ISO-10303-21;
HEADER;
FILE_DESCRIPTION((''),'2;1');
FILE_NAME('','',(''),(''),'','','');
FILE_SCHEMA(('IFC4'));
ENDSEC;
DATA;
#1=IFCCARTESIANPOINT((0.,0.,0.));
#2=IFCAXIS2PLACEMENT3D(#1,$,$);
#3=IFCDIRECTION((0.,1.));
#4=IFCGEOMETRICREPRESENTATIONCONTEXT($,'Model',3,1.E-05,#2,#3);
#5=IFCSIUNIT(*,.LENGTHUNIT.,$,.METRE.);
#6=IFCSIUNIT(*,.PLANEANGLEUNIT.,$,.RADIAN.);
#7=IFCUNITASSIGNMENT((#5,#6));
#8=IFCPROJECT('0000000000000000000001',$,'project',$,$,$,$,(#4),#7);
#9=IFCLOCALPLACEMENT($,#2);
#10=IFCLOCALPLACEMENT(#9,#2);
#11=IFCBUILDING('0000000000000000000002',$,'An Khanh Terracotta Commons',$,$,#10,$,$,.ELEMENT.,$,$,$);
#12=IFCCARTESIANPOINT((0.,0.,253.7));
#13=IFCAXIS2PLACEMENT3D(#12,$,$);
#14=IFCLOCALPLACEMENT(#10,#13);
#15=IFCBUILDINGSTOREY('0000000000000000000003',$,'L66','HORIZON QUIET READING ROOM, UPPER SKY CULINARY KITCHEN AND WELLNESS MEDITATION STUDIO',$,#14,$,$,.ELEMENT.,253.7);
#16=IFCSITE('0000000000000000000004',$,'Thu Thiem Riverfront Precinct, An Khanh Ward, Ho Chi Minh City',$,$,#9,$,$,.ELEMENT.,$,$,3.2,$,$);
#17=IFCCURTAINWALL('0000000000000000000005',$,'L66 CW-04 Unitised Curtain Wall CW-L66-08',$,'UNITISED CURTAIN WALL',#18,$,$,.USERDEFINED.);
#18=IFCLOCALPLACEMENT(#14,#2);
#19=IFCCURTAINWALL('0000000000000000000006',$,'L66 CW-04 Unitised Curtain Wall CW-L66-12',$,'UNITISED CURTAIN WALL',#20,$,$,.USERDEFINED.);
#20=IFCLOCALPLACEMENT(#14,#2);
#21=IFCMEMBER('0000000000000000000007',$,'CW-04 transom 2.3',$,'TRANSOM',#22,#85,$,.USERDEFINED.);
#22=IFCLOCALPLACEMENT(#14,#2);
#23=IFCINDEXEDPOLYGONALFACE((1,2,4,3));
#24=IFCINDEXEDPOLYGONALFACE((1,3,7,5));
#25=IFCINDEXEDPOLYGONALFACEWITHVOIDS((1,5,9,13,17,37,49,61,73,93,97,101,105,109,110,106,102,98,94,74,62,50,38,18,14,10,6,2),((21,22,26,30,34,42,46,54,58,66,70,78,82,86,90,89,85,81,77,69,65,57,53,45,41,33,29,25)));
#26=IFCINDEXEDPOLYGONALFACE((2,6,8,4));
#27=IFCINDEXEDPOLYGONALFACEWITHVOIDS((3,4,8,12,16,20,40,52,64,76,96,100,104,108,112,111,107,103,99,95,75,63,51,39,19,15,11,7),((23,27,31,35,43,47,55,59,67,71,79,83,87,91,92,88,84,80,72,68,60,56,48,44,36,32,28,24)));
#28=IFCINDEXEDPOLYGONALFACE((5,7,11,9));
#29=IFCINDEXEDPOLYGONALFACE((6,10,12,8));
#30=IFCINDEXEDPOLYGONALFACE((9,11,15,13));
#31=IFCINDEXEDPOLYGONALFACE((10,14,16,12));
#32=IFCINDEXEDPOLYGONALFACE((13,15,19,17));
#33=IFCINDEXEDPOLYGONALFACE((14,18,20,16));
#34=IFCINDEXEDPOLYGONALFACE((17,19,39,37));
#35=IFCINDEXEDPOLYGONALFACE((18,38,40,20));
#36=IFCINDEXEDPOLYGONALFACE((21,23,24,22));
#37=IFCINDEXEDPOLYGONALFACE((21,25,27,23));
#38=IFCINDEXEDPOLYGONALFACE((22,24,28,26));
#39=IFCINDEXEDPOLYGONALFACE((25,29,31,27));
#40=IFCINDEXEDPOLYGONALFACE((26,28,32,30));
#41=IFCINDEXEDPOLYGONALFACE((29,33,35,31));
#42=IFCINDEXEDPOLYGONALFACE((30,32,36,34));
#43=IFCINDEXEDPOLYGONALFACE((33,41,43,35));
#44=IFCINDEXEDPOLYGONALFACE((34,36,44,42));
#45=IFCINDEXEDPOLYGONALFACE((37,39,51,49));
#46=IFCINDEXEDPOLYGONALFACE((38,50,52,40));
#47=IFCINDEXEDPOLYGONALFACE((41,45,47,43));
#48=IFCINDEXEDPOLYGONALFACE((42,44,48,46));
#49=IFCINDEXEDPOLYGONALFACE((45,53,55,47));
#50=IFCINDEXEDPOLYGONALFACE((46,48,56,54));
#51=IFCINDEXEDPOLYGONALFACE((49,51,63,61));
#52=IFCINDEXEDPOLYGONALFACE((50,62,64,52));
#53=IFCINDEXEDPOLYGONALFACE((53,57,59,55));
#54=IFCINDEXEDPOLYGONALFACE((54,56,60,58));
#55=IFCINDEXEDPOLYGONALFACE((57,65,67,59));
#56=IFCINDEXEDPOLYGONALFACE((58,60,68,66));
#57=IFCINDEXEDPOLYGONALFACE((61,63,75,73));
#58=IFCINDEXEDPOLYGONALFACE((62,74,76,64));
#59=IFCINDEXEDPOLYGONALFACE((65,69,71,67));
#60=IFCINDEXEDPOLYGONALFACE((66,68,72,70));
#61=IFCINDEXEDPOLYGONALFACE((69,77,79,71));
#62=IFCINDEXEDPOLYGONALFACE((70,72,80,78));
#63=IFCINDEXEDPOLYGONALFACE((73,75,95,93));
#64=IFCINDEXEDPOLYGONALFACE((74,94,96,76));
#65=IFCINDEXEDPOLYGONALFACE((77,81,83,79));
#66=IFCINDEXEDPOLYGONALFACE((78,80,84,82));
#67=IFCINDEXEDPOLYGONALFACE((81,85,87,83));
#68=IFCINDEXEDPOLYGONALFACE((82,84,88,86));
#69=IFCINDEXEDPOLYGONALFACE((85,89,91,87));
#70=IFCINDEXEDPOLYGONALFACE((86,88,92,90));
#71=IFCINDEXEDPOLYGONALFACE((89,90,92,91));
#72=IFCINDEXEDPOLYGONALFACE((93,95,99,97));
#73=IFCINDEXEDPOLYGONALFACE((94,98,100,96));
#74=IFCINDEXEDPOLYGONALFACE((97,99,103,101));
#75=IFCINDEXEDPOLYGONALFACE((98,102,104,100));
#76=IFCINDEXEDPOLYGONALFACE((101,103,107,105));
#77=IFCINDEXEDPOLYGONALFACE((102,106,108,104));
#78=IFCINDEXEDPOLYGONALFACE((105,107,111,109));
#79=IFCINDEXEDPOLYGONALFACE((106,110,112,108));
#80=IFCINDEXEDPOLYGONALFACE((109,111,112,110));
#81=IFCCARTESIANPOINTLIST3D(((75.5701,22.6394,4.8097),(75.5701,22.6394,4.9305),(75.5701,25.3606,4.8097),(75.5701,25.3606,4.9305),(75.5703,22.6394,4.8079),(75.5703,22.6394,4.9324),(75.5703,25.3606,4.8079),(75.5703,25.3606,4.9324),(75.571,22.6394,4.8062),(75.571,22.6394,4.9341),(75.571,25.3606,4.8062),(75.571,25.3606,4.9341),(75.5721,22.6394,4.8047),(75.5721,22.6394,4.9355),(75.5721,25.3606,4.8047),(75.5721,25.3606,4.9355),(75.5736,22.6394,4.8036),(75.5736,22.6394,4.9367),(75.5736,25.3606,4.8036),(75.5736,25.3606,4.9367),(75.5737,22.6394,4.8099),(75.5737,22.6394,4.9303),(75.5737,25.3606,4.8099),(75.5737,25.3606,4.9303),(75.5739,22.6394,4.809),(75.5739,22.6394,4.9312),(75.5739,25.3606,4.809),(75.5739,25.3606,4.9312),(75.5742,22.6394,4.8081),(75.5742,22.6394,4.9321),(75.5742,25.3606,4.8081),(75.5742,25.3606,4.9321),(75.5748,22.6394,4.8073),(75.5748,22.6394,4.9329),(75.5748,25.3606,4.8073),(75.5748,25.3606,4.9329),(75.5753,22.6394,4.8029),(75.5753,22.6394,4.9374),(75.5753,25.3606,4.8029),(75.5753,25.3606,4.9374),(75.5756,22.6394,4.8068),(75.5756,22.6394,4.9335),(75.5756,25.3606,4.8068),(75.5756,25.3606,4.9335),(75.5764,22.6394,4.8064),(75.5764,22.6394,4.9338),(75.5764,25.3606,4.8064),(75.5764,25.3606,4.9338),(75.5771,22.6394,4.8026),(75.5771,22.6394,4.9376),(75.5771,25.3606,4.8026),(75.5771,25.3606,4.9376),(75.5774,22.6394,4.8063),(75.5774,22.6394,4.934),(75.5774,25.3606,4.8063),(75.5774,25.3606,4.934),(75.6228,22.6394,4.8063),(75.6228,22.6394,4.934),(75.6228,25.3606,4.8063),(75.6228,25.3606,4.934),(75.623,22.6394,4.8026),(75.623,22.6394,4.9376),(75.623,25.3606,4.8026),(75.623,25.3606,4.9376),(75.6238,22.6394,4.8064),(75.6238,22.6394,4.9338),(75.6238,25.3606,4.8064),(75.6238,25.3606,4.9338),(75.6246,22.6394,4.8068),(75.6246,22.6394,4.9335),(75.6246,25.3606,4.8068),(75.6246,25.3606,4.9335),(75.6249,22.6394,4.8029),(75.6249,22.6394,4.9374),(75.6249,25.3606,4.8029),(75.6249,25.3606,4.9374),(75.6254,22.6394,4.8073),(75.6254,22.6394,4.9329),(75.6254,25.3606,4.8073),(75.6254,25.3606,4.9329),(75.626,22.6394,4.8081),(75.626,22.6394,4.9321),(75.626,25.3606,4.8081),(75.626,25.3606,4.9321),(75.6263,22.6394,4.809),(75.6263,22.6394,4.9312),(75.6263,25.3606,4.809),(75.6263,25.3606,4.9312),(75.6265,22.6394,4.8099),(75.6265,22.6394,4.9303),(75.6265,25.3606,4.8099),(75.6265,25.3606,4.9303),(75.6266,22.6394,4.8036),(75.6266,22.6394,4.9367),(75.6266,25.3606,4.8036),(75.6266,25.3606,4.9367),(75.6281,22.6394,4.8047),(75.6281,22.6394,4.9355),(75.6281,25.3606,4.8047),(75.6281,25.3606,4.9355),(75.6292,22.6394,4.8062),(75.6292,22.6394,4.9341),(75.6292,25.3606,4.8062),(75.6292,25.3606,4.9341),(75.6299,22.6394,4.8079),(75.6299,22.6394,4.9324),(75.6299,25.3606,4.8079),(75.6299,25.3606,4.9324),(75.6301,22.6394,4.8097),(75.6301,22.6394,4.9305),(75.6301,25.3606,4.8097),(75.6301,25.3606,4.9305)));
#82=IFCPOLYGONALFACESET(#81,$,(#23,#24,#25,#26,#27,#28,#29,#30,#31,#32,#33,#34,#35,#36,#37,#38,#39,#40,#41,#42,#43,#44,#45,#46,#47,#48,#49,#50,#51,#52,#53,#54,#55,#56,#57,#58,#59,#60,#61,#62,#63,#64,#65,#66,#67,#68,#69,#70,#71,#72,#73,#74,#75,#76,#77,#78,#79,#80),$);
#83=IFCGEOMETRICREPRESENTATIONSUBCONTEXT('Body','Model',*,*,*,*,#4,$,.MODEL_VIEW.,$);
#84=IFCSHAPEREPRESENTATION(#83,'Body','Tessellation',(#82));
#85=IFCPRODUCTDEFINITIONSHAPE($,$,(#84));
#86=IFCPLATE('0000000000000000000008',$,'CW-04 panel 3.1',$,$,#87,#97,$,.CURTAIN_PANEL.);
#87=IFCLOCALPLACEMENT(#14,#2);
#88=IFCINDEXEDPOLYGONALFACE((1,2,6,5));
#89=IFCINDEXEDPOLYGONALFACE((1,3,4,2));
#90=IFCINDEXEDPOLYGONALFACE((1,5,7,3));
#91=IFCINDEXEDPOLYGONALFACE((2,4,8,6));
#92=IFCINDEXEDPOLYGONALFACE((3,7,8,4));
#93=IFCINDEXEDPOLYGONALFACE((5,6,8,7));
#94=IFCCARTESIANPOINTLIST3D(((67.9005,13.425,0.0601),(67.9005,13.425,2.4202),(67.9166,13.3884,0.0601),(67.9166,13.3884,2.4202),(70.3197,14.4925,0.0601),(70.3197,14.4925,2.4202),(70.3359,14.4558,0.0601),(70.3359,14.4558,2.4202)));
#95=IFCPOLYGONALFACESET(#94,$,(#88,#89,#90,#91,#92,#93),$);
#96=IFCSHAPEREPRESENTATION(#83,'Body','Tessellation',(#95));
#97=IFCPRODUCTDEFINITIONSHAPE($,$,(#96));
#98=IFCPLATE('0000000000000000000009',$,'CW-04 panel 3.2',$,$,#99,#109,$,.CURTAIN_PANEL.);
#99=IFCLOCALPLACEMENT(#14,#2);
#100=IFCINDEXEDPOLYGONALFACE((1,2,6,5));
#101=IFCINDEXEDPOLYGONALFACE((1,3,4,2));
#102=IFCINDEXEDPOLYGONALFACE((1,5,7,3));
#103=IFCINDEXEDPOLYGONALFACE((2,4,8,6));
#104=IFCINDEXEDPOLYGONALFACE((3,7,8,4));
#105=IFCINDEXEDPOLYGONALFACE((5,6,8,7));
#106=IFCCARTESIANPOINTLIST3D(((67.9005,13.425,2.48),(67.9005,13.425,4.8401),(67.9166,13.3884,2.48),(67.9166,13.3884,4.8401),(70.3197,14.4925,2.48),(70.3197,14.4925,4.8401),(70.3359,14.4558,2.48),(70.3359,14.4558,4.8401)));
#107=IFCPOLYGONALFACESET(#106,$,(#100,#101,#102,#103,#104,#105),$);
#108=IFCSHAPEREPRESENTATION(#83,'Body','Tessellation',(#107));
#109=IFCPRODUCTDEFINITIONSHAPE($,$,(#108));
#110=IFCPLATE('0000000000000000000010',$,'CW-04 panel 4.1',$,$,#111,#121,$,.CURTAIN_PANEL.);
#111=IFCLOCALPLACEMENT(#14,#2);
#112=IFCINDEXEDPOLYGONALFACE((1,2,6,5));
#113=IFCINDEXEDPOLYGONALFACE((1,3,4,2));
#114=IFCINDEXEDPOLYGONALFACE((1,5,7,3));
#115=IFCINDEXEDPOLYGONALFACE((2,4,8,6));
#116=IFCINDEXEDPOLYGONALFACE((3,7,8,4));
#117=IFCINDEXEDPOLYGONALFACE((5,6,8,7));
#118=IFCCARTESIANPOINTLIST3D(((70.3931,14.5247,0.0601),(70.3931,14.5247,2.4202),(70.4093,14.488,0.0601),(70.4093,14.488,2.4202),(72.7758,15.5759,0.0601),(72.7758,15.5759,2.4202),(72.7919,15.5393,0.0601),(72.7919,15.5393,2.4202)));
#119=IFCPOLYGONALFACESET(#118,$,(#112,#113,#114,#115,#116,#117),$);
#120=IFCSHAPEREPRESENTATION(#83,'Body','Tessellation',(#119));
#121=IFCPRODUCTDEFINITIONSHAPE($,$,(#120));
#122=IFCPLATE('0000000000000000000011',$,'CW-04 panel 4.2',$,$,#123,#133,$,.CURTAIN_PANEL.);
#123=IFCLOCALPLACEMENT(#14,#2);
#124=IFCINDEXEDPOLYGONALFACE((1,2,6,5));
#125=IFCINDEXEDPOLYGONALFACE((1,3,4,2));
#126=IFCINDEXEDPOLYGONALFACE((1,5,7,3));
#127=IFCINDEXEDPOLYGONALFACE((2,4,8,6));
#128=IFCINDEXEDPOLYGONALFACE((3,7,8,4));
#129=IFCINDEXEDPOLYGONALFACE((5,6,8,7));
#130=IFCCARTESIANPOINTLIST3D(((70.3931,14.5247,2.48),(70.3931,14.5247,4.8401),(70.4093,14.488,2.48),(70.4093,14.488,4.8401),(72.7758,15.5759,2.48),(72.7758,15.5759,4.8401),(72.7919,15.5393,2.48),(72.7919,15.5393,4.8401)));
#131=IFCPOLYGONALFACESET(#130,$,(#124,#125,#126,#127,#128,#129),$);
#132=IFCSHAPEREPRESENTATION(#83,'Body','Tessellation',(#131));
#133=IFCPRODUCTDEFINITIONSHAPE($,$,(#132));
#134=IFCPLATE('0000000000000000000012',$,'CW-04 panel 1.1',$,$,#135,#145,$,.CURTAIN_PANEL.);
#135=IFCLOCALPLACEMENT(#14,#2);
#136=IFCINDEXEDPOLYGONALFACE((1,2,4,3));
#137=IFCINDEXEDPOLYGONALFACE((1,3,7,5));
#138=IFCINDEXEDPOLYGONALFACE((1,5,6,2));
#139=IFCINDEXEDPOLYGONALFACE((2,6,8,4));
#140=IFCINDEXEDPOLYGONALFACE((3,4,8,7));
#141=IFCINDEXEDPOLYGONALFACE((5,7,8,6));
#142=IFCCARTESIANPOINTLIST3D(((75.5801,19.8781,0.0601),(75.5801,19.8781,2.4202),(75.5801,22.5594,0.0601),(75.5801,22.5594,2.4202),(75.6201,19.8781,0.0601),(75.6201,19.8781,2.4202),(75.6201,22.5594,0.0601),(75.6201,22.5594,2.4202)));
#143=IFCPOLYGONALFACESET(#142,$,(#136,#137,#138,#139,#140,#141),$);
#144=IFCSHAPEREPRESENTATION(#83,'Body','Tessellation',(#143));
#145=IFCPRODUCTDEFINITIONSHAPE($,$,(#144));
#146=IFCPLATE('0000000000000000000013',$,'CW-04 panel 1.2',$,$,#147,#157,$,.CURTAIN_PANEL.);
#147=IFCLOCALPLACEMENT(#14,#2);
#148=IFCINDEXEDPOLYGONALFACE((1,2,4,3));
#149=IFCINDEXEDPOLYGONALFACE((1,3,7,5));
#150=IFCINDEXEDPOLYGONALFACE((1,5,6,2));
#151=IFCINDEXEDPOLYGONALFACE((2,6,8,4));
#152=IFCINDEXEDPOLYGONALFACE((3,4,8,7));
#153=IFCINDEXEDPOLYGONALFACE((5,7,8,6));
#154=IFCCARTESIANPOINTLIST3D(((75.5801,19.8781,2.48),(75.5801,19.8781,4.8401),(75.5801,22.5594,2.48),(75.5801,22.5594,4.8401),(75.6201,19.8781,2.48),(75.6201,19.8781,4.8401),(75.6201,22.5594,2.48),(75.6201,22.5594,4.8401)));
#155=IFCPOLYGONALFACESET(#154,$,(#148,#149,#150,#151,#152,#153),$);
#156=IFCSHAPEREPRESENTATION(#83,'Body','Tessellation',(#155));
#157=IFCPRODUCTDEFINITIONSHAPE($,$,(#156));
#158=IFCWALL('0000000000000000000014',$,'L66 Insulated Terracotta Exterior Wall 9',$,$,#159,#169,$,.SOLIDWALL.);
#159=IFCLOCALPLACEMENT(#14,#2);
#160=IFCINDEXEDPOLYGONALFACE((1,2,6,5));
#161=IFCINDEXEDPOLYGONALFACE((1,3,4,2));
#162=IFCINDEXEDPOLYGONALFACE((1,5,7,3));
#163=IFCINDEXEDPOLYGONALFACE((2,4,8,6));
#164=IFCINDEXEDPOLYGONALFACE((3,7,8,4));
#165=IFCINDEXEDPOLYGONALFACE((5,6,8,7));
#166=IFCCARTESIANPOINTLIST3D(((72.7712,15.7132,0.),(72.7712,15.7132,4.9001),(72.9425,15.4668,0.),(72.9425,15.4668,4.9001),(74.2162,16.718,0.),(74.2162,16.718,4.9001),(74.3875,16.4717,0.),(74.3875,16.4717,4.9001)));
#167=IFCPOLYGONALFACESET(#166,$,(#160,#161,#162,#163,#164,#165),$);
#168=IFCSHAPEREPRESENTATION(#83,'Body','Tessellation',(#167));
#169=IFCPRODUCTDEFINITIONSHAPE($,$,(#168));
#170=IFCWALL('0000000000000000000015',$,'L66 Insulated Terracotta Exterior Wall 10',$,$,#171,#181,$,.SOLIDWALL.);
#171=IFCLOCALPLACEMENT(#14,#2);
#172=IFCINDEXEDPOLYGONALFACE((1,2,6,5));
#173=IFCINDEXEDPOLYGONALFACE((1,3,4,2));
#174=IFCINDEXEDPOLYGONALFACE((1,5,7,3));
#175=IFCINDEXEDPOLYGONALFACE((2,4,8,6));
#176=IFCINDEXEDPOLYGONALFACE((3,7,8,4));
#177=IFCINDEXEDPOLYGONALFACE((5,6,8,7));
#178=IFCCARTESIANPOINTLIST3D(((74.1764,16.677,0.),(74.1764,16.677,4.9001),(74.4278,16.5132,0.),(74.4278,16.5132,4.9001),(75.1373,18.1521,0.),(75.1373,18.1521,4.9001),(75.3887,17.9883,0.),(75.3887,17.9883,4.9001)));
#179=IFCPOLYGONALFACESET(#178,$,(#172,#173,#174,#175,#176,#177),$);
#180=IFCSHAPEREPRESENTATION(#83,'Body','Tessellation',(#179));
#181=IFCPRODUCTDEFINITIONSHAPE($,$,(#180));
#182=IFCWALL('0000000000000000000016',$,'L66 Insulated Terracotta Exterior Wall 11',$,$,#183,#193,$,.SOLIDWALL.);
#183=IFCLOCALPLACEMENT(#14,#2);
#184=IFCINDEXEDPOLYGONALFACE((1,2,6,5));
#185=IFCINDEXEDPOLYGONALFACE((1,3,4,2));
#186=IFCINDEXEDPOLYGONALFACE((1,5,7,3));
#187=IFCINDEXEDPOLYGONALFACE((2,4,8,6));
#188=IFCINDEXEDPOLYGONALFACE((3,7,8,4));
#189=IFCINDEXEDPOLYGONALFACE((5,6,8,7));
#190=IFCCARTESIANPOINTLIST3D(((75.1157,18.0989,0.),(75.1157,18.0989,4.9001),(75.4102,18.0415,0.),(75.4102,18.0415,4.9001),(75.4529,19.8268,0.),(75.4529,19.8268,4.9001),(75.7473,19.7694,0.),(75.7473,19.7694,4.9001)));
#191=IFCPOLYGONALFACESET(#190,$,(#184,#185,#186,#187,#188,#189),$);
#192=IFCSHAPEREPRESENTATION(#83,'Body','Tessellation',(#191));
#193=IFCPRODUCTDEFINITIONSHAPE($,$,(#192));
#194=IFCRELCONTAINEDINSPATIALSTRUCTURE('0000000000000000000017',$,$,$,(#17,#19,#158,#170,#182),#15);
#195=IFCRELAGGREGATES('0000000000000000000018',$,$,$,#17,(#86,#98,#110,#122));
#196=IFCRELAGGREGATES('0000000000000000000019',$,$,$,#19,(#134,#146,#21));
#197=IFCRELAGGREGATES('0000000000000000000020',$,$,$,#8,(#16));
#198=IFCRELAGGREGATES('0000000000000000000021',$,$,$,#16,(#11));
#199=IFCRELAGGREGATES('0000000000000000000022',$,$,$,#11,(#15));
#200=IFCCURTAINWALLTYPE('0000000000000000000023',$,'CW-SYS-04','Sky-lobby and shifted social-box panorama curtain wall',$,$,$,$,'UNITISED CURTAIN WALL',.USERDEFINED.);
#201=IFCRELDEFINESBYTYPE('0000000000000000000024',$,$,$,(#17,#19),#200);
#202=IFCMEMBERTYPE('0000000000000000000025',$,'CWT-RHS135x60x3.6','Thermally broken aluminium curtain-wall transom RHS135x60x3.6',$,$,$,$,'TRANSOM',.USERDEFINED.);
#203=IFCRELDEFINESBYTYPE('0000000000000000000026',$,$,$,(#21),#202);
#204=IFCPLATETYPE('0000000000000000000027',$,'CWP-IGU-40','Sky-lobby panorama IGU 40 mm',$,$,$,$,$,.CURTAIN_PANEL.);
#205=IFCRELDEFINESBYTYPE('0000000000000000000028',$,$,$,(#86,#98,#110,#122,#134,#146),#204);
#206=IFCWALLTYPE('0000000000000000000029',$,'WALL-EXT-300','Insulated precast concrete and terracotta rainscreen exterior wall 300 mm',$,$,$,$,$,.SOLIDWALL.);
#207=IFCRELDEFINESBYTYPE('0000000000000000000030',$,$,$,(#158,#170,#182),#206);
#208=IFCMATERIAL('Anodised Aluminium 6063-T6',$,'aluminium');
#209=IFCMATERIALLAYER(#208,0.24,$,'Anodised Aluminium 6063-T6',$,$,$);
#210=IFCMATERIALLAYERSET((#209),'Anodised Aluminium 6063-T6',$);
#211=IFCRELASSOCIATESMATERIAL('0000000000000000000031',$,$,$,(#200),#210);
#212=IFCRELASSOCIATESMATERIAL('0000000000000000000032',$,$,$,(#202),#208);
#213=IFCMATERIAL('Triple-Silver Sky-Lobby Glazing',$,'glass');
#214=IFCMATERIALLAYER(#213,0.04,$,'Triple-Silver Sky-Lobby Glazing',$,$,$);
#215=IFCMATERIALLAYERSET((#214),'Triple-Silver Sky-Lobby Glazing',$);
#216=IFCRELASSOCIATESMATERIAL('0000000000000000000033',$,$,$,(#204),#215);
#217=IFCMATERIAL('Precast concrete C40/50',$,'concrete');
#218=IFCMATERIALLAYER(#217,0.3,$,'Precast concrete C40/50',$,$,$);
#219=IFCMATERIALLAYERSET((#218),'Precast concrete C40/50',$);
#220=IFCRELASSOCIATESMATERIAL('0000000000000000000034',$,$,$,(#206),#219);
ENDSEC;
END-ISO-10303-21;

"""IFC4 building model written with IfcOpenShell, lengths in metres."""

from ifc_helpers import new_model, si_unit, direction, frame, frame_2d, origin, origin_2d, place, context, subcontext, project, spatial, rectangle, hollow_rectangle, extrude, material, layer, layer_set, material_profile, profile_set, type_object, element, aggregate, save


model = new_model("IFC4")

# Units and contexts
model_context = context("Model", 3, precision=1e-05, world=origin(), true_north=direction((0.0, 1.0)))
body_context = subcontext(model_context, "Body", "Model", "MODEL_VIEW")
ifc_project = project(units=[si_unit("LENGTHUNIT", "METRE"), si_unit("PLANEANGLEUNIT", "RADIAN")], contexts=[model_context])

# Site, building, storey
site_placement = place(None, origin())
site = spatial("IfcSite", under=ifc_project, at=site_placement, Name="Thu Thiem Riverfront Precinct, An Khanh Ward, Ho Chi Minh City", CompositionType="ELEMENT", RefElevation=3.2)
building_placement = place(site_placement, origin())
building = spatial("IfcBuilding", under=site, at=building_placement, Name="An Khanh Terracotta Commons", CompositionType="ELEMENT")
storey_placement = place(building_placement, frame((0.0, 0.0, 253.7)))
storey = spatial("IfcBuildingStorey", under=building, at=storey_placement, Name="L66", Description="HORIZON QUIET READING ROOM, UPPER SKY CULINARY KITCHEN AND WELLNESS MEDITATION STUDIO", CompositionType="ELEMENT", Elevation=253.7)

# Curtain walls
ifc_material_1 = material(Name="Anodised Aluminium 6063-T6", Category="aluminium")
ifc_layer_1 = layer(ifc_material_1, 0.24, Name="Anodised Aluminium 6063-T6")
ifc_layer_set_1 = layer_set([ifc_layer_1], Name="Anodised Aluminium 6063-T6")
curtain_wall_type = type_object("IfcCurtainWallType", Name="CW-SYS-04", Description="Sky-lobby and shifted social-box panorama curtain wall", ElementType="UNITISED CURTAIN WALL", PredefinedType="USERDEFINED", material=ifc_layer_set_1)
curtain_wall_1_placement = place(storey_placement, origin())
curtain_wall_1 = element("IfcCurtainWall", 1, at=curtain_wall_1_placement, inside=storey, type_object=curtain_wall_type, Name="L66 CW-04 Unitised Curtain Wall CW-L66-08", ObjectType="UNITISED CURTAIN WALL", PredefinedType="USERDEFINED")
curtain_wall_2_placement = place(storey_placement, origin())
curtain_wall_2 = element("IfcCurtainWall", 2, at=curtain_wall_2_placement, inside=storey, type_object=curtain_wall_type, Name="L66 CW-04 Unitised Curtain Wall CW-L66-12", ObjectType="UNITISED CURTAIN WALL", PredefinedType="USERDEFINED")

# Member
ifc_material_profile_1 = material_profile(ifc_material_1, hollow_rectangle(XDim=0.0601, YDim=0.135, WallThickness=0.0037, InnerFilletRadius=0.0037, OuterFilletRadius=0.0071, at=origin_2d()), Name="RHS135x60x3.6")
ifc_profile_set_1 = profile_set([ifc_material_profile_1], Name="Anodised Aluminium 6063-T6")
member_type_1 = type_object("IfcMemberType", Name="CWT-RHS135x60x3.6", Description="Thermally broken aluminium curtain-wall transom RHS135x60x3.6", ElementType="TRANSOM", PredefinedType="USERDEFINED", material=ifc_profile_set_1)
member_1_placement = place(storey_placement, frame((75.6001, 22.6394, 4.8701), z_axis=(0.0, 1.0, 0.0), x_axis=(-1.0, 0.0, 0.0)))
member_1 = element("IfcMember", 3, at=member_1_placement, type_object=member_type_1, Name="CW-04 transom 2.3", ObjectType="TRANSOM", PredefinedType="USERDEFINED", context=body_context, shape_type="SweptSolid", body=[
    extrude(hollow_rectangle(XDim=0.0601, YDim=0.135, WallThickness=0.0037, InnerFilletRadius=0.0037, OuterFilletRadius=0.0071, at=origin_2d()), origin(), (0.0, 0.0, 1.0), 2.7212),
])

# Plates
ifc_material_2 = material(Name="Triple-Silver Sky-Lobby Glazing", Category="glass")
ifc_layer_2 = layer(ifc_material_2, 0.04, Name="Triple-Silver Sky-Lobby Glazing")
ifc_layer_set_2 = layer_set([ifc_layer_2], Name="Triple-Silver Sky-Lobby Glazing")
plate_type = type_object("IfcPlateType", Name="CWP-IGU-40", Description="Sky-lobby panorama IGU 40 mm", PredefinedType="CURTAIN_PANEL", material=ifc_layer_set_2)
plate_1_placement = place(storey_placement, frame((69.1182, 13.9404, 0.0601), z_axis=(0.0, 0.0, 1.0), x_axis=(0.914902, 0.403676, 0.0)))
plate_1 = element("IfcPlate", 4, at=plate_1_placement, type_object=plate_type, Name="CW-04 panel 3.1", PredefinedType="CURTAIN_PANEL", context=body_context, shape_type="SweptSolid", body=[
    extrude(rectangle(XDim=2.6443, YDim=0.04, at=origin_2d()), origin(), (0.0, 0.0, 1.0), 2.3601),
])
plate_2_placement = place(storey_placement, frame((69.1182, 13.9404, 2.48), z_axis=(0.0, 0.0, 1.0), x_axis=(0.914902, 0.403676, 0.0)))
plate_2 = element("IfcPlate", 5, at=plate_2_placement, type_object=plate_type, Name="CW-04 panel 3.2", PredefinedType="CURTAIN_PANEL", context=body_context, shape_type="SweptSolid", body=[
    extrude(rectangle(XDim=2.6443, YDim=0.04, at=origin_2d()), origin(), (0.0, 0.0, 1.0), 2.3601),
])
plate_3_placement = place(storey_placement, frame((71.5925, 15.032, 0.0601), z_axis=(0.0, 0.0, 1.0), x_axis=(0.914902, 0.403676, 0.0)))
plate_3 = element("IfcPlate", 6, at=plate_3_placement, type_object=plate_type, Name="CW-04 panel 4.1", PredefinedType="CURTAIN_PANEL", context=body_context, shape_type="SweptSolid", body=[
    extrude(rectangle(XDim=2.6042, YDim=0.04, at=origin_2d()), origin(), (0.0, 0.0, 1.0), 2.3601),
])
plate_4_placement = place(storey_placement, frame((71.5925, 15.032, 2.48), z_axis=(0.0, 0.0, 1.0), x_axis=(0.914902, 0.403676, 0.0)))
plate_4 = element("IfcPlate", 7, at=plate_4_placement, type_object=plate_type, Name="CW-04 panel 4.2", PredefinedType="CURTAIN_PANEL", context=body_context, shape_type="SweptSolid", body=[
    extrude(rectangle(XDim=2.6042, YDim=0.04, at=origin_2d()), origin(), (0.0, 0.0, 1.0), 2.3601),
])
aggregate(curtain_wall_1, [plate_1, plate_2, plate_3, plate_4])
plate_5_placement = place(storey_placement, frame((75.6001, 21.2188, 0.0601), z_axis=(0.0, 0.0, 1.0), x_axis=(0.0, 1.0, 0.0)))
plate_5 = element("IfcPlate", 8, at=plate_5_placement, type_object=plate_type, Name="CW-04 panel 1.1", PredefinedType="CURTAIN_PANEL", context=body_context, shape_type="SweptSolid", body=[
    extrude(rectangle(XDim=2.6814, YDim=0.04, at=origin_2d()), origin(), (0.0, 0.0, 1.0), 2.3601),
])
plate_6_placement = place(storey_placement, frame((75.6001, 21.2188, 2.48), z_axis=(0.0, 0.0, 1.0), x_axis=(0.0, 1.0, 0.0)))
plate_6 = element("IfcPlate", 9, at=plate_6_placement, type_object=plate_type, Name="CW-04 panel 1.2", PredefinedType="CURTAIN_PANEL", context=body_context, shape_type="SweptSolid", body=[
    extrude(rectangle(XDim=2.6814, YDim=0.04, at=origin_2d()), origin(), (0.0, 0.0, 1.0), 2.3601),
])
aggregate(curtain_wall_2, [plate_5, plate_6, member_1])

# Walls
ifc_material_3 = material(Name="Precast concrete C40/50", Category="concrete")
ifc_layer_3 = layer(ifc_material_3, 0.3, Name="Precast concrete C40/50")
ifc_layer_set_3 = layer_set([ifc_layer_3], Name="Precast concrete C40/50")
wall_type = type_object("IfcWallType", Name="WALL-EXT-300", Description="Insulated precast concrete and terracotta rainscreen exterior wall 300 mm", PredefinedType="SOLIDWALL", material=ifc_layer_set_3)
wall_placement = place(storey_placement, frame((72.8569, 15.5901, 0.0), z_axis=(0.0, 0.0, 1.0), x_axis=(0.821007, 0.570918, 0.0)))
element("IfcWall", 10, at=wall_placement, inside=storey, type_object=wall_type, Name="L66 Insulated Terracotta Exterior Wall 9", PredefinedType="SOLIDWALL", context=body_context, shape_type="SweptSolid", body=[
    extrude(rectangle(XDim=1.76, YDim=0.3, at=frame_2d((0.8799, 0.0))), origin(), (0.0, 0.0, 1.0), 4.9001),
])
for number, where, z_axis, x_axis, name in (
    (11, (74.302, 16.595, 0.0), (0.0, 0.0, 1.0), (0.545836, 0.837892, 0.0), "L66 Insulated Terracotta Exterior Wall 10"),
    (12, (75.2629, 18.0701, 0.0), (0.0, 0.0, 1.0), (0.191501, 0.981492, 0.0), "L66 Insulated Terracotta Exterior Wall 11"),
):
    element("IfcWall", number, at=place(storey_placement, frame(where, z_axis=z_axis, x_axis=x_axis)), inside=storey, type_object=wall_type, Name=name, PredefinedType="SOLIDWALL", context=body_context, shape_type="SweptSolid", body=[
        extrude(rectangle(XDim=1.7605, YDim=0.3, at=frame_2d((0.8804, 0.0))), origin(), (0.0, 0.0, 1.0), 4.9001),
    ])

save(model, "model.ifc")
